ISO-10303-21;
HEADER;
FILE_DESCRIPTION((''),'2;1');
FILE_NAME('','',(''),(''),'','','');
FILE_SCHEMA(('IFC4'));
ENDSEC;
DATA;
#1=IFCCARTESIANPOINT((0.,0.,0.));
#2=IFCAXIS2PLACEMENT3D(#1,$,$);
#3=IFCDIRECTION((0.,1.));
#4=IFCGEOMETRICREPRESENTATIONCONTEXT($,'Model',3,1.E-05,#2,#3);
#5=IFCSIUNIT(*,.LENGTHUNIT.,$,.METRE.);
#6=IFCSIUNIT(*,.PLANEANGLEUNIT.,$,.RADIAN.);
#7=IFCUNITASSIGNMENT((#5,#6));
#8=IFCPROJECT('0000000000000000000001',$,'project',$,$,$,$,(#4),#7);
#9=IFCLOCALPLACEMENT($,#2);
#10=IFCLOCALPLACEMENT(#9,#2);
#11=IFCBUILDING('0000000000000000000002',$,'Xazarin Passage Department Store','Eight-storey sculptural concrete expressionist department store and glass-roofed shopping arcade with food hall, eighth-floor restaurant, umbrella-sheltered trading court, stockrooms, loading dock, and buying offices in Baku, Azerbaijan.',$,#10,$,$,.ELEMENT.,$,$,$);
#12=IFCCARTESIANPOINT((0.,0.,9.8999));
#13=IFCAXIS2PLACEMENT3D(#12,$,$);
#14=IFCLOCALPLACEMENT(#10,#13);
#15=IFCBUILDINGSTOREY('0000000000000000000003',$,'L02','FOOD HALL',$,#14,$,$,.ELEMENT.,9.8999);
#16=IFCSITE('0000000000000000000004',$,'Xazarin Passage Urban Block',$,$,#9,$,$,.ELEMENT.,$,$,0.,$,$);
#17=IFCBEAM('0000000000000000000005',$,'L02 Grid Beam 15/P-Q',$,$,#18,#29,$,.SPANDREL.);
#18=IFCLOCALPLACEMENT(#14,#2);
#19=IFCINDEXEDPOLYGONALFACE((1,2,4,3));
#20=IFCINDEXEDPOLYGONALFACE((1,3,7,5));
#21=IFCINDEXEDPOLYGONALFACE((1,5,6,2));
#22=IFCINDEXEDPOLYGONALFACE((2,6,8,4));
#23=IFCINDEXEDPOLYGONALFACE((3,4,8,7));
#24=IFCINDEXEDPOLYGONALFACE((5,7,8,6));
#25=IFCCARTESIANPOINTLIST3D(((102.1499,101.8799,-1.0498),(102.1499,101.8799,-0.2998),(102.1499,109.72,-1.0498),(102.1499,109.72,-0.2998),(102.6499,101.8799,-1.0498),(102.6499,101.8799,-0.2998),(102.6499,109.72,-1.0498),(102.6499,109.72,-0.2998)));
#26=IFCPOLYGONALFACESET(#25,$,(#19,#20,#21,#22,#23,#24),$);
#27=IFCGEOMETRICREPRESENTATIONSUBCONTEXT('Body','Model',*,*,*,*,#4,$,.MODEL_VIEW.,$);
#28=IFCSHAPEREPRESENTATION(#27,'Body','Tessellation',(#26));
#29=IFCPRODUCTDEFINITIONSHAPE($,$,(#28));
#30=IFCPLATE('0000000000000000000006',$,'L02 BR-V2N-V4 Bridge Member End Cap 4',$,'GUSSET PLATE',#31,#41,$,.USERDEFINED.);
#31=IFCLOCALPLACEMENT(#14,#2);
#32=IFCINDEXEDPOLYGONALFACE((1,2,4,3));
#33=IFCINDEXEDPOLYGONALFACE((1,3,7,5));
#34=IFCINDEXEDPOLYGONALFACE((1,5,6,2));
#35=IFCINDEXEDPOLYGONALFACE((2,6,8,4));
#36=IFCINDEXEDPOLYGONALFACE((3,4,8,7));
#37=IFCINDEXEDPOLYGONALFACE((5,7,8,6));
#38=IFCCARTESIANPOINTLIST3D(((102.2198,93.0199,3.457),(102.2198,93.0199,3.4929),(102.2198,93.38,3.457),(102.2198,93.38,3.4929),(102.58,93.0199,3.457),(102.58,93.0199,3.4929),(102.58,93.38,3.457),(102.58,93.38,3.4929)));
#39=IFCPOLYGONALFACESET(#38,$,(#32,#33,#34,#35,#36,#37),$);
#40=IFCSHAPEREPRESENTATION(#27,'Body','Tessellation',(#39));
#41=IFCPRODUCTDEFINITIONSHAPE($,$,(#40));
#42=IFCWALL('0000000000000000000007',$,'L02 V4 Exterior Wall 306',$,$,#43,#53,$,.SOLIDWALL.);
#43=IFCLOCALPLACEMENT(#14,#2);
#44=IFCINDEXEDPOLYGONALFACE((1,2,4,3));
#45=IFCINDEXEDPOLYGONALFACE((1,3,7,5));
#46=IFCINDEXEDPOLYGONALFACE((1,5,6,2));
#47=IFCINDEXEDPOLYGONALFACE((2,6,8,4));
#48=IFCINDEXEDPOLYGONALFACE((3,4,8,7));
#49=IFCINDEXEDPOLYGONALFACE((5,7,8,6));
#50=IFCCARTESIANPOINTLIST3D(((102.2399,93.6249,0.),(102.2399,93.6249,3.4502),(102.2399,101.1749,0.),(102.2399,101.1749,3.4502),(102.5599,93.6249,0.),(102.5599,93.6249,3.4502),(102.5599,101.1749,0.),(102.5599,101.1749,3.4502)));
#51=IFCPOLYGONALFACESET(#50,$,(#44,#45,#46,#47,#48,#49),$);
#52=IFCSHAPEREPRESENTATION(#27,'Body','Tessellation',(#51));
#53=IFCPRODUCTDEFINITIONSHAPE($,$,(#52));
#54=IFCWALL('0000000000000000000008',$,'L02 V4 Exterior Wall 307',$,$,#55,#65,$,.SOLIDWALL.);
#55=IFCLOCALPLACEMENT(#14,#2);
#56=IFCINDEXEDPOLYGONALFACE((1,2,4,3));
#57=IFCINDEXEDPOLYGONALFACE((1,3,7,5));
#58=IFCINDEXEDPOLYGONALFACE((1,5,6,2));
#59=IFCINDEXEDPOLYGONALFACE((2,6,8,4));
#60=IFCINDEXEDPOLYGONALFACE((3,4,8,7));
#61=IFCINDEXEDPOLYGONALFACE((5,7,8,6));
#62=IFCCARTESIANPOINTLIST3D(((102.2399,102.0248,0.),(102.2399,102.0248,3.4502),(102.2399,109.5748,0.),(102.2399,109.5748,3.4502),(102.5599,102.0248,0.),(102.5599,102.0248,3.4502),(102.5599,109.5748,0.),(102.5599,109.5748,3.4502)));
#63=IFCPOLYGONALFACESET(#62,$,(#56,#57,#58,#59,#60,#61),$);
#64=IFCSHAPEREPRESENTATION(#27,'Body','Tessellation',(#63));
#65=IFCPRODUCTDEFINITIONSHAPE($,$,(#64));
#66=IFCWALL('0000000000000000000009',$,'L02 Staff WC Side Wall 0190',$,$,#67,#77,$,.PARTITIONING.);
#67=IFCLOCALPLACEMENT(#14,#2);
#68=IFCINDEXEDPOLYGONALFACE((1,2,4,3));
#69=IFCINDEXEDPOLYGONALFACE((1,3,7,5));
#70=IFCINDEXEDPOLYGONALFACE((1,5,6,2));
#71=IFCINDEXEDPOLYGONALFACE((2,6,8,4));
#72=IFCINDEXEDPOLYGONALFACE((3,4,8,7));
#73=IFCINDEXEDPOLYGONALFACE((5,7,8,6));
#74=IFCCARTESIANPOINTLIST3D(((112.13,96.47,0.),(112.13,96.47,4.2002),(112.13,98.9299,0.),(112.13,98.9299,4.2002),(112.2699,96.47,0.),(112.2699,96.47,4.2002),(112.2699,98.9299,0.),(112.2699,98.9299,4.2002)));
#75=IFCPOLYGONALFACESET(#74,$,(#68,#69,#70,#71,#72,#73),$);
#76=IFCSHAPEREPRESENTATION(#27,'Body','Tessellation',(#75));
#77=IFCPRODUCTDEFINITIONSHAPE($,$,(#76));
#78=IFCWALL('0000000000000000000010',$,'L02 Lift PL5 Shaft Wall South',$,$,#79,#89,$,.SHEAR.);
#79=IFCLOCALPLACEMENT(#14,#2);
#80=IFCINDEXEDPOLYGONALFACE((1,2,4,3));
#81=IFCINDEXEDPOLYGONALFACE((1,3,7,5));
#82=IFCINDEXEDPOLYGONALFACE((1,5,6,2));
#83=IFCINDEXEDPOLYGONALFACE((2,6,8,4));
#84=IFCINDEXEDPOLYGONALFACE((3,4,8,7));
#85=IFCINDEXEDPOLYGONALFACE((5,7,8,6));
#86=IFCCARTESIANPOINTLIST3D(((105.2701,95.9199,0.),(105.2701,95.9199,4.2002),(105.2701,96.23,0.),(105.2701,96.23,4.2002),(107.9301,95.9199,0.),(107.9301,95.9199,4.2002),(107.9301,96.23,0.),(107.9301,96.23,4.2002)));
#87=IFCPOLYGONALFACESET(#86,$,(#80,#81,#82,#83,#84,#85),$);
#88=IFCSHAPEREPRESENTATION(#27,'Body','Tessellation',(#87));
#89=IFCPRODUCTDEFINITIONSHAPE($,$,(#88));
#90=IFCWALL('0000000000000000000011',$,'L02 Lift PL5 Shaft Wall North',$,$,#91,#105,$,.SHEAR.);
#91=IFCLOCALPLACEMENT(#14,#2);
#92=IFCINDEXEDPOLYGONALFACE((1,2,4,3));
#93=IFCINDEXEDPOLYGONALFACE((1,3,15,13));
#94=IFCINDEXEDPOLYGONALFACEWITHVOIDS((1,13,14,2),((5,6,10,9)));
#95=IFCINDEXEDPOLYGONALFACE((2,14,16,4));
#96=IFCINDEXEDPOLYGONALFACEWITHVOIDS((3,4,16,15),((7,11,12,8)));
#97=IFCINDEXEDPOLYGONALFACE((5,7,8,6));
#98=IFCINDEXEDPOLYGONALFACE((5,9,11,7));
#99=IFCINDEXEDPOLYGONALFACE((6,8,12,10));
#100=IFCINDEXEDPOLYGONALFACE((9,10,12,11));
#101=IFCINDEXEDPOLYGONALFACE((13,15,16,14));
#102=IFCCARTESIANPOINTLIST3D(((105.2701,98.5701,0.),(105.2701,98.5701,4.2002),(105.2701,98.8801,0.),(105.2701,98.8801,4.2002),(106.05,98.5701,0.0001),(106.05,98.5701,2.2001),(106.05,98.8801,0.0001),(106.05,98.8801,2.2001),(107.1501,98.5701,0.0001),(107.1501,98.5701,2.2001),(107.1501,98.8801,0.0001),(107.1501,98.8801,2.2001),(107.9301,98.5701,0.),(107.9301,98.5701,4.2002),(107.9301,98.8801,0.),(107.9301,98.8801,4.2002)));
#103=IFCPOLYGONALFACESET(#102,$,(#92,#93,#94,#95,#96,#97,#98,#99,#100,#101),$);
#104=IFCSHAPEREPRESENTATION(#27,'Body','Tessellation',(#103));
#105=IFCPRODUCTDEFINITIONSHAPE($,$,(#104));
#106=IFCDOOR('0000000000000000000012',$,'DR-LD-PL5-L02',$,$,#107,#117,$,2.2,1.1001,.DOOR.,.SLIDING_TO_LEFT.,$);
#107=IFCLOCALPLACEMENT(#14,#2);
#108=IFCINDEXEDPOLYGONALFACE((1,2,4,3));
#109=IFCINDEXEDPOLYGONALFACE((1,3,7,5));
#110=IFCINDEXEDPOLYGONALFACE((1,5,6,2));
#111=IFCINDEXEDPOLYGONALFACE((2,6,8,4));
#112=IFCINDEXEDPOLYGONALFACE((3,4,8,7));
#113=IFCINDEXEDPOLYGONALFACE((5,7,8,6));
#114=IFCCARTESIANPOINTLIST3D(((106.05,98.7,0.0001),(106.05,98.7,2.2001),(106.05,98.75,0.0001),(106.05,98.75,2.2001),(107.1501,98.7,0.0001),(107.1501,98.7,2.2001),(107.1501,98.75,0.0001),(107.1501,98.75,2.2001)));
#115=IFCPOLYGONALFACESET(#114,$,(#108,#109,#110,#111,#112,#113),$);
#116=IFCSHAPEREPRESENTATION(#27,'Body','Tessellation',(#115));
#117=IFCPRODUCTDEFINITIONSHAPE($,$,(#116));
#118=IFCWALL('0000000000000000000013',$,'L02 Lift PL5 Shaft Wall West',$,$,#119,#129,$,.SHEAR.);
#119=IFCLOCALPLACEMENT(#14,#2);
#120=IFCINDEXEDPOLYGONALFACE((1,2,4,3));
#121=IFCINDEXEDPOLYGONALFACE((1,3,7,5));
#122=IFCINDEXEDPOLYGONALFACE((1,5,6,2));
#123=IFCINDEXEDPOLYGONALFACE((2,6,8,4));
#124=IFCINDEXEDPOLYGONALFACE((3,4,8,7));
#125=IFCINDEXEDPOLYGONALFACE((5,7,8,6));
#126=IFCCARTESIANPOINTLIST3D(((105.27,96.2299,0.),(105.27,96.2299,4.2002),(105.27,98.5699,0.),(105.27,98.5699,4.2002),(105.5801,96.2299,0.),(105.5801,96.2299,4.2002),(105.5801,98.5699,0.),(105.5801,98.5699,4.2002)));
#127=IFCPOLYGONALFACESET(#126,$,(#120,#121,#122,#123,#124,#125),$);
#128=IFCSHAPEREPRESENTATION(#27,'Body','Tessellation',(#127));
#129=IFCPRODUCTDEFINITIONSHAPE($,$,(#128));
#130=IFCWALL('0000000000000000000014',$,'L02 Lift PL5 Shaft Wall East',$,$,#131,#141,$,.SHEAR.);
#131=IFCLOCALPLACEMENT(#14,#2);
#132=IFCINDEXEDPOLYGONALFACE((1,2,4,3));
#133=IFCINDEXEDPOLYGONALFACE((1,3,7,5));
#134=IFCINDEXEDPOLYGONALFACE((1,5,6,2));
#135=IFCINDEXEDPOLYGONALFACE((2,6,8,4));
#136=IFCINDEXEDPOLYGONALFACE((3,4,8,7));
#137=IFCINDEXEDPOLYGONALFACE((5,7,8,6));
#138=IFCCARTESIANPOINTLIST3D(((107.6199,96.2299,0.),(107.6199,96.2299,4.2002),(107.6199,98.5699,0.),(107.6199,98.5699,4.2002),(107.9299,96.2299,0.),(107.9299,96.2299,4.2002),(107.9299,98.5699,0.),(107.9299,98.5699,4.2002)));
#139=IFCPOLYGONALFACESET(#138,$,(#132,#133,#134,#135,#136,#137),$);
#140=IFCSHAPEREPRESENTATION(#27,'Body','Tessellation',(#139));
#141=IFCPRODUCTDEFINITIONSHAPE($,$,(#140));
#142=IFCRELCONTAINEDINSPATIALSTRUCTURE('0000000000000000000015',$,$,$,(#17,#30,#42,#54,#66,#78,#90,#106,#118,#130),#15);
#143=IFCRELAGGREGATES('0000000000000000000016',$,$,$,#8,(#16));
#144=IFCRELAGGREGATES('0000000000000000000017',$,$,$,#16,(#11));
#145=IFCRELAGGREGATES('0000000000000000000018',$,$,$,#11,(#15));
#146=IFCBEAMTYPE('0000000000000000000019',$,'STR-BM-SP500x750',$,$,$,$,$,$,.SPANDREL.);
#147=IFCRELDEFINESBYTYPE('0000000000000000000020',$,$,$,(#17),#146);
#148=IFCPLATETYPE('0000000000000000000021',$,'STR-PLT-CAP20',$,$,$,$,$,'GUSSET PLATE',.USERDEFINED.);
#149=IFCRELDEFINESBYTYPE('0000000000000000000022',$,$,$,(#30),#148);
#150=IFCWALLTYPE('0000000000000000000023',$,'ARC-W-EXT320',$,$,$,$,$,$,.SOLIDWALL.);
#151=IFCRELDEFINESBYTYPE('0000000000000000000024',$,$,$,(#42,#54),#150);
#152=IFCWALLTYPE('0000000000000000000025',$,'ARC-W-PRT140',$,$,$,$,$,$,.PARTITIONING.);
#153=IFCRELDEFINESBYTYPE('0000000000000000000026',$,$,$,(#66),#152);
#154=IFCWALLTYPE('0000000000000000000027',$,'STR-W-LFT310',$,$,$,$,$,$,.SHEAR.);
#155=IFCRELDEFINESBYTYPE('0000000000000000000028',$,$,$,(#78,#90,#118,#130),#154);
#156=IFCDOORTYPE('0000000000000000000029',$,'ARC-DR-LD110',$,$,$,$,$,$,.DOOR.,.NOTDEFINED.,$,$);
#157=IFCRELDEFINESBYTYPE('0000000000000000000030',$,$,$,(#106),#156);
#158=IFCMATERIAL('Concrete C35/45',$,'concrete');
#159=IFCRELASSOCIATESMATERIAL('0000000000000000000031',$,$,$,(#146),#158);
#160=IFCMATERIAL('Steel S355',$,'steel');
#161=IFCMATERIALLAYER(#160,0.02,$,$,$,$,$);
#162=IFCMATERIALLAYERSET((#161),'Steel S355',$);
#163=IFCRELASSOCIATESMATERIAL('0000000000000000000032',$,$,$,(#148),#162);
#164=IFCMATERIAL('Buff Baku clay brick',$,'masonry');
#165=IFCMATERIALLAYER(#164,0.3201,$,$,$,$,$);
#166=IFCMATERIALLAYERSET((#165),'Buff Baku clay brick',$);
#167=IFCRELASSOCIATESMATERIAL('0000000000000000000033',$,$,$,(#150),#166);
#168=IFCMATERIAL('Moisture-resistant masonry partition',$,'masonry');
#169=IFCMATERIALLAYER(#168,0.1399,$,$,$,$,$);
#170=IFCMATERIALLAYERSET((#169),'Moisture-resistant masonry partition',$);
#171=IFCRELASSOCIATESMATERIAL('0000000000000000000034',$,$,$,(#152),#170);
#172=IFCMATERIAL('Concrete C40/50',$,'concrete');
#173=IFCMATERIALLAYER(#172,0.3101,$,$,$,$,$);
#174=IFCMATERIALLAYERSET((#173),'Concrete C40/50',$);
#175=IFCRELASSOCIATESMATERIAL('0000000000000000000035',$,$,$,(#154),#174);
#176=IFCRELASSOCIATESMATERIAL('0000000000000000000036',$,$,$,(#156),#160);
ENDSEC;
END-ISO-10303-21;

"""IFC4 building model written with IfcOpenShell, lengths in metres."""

from ifc_helpers import new_model, si_unit, direction, frame, frame_2d, origin, origin_2d, place, context, subcontext, project, spatial, rectangle, extrude, material, layer, layer_set, material_profile, profile_set, type_object, element, fill, save


model = new_model("IFC4")

# Units and contexts
model_context = context("Model", 3, precision=1e-05, world=origin(), true_north=direction((0.0, 1.0)))
body_context = subcontext(model_context, "Body", "Model", "MODEL_VIEW")
ifc_project = project(units=[si_unit("LENGTHUNIT", "METRE"), si_unit("PLANEANGLEUNIT", "RADIAN")], contexts=[model_context])

# Site, building, storey
site_placement = place(None, origin())
site = spatial("IfcSite", under=ifc_project, at=site_placement, Name="Xazarin Passage Urban Block", CompositionType="ELEMENT", RefElevation=0.0)
building_placement = place(site_placement, origin())
building = spatial("IfcBuilding", under=site, at=building_placement, Name="Xazarin Passage Department Store", Description="Eight-storey sculptural concrete expressionist department store and glass-roofed shopping arcade with food hall, eighth-floor restaurant, umbrella-sheltered trading court, stockrooms, loading dock, and buying offices in Baku, Azerbaijan.", CompositionType="ELEMENT")
storey_placement = place(building_placement, frame((0.0, 0.0, 9.8999)))
storey = spatial("IfcBuildingStorey", under=building, at=storey_placement, Name="L02", Description="FOOD HALL", CompositionType="ELEMENT", Elevation=9.8999)

# Shared definitions
ifc_material_1 = material(Name="Concrete C40/50", Category="concrete")

# Beam
ifc_material_2 = material(Name="Steel S355", Category="steel")
ifc_material_3 = material(Name="Concrete C35/45", Category="concrete")
ifc_material_profile_1 = material_profile(ifc_material_3, rectangle(XDim=0.5, YDim=0.75, at=origin_2d()), Name="RC 500x750")
ifc_profile_set_1 = profile_set([ifc_material_profile_1], Name="Concrete C35/45")
beam_type_1 = type_object("IfcBeamType", Name="STR-BM-SP500x750", PredefinedType="SPANDREL", material=ifc_profile_set_1)
for number, where, z_axis, x_axis, name in (
    (1, (102.3999, 101.8799, -0.6748), (0.0, 1.0, 0.0), (-1.0, 0.0, 0.0), "L02 Grid Beam 15/P-Q"),
):
    element("IfcBeam", number, at=place(storey_placement, frame(where, z_axis=z_axis, x_axis=x_axis)), inside=storey, type_object=beam_type_1, Name=name, PredefinedType="SPANDREL", context=body_context, shape_type="SweptSolid", body=[
        extrude(rectangle(XDim=0.5, YDim=0.75, at=origin_2d()), origin(), (0.0, 0.0, 1.0), 7.8401),
    ])

# Plate
ifc_layer_1 = layer(ifc_material_2, 0.02)
ifc_layer_set_1 = layer_set([ifc_layer_1], Name="Steel S355")
plate_type = type_object("IfcPlateType", Name="STR-PLT-CAP20", ElementType="GUSSET PLATE", PredefinedType="USERDEFINED", material=ifc_layer_set_1)
plate_placement = place(storey_placement, frame((102.3999, 93.2, 3.457), z_axis=(0.0, 0.0, 1.0), x_axis=(1.0, 0.0, 0.0)))
element("IfcPlate", 2, at=plate_placement, inside=storey, type_object=plate_type, Name="L02 BR-V2N-V4 Bridge Member End Cap 4", ObjectType="GUSSET PLATE", PredefinedType="USERDEFINED", context=body_context, shape_type="SweptSolid", body=[
    extrude(rectangle(XDim=0.3601, YDim=0.3601, at=origin_2d()), origin(), (0.0, 0.0, 1.0), 0.0359),
])

# Walls
ifc_material_4 = material(Name="Buff Baku clay brick", Category="masonry")
ifc_layer_2 = layer(ifc_material_4, 0.3201)
ifc_layer_set_2 = layer_set([ifc_layer_2], Name="Buff Baku clay brick")
wall_type_1 = type_object("IfcWallType", Name="ARC-W-EXT320", PredefinedType="SOLIDWALL", material=ifc_layer_set_2)
for number, where, z_axis, x_axis, name in (
    (3, (102.3999, 93.625, 0.0), (0.0, 0.0, 1.0), (0.0, 1.0, 0.0), "L02 V4 Exterior Wall 306"),
    (4, (102.3999, 102.0249, 0.0), (0.0, 0.0, 1.0), (0.0, 1.0, 0.0), "L02 V4 Exterior Wall 307"),
):
    element("IfcWall", number, at=place(storey_placement, frame(where, z_axis=z_axis, x_axis=x_axis)), inside=storey, type_object=wall_type_1, Name=name, PredefinedType="SOLIDWALL", context=body_context, shape_type="SweptSolid", body=[
        extrude(rectangle(XDim=7.55, YDim=0.3201, at=frame_2d((3.7749, 0.0))), origin(), (0.0, 0.0, 1.0), 3.4502),
    ])

# Shared definitions
ifc_material_5 = material(Name="Moisture-resistant masonry partition", Category="masonry")
ifc_layer_3 = layer(ifc_material_5, 0.1399)
ifc_layer_set_3 = layer_set([ifc_layer_3], Name="Moisture-resistant masonry partition")
wall_type_2 = type_object("IfcWallType", Name="ARC-W-PRT140", PredefinedType="PARTITIONING", material=ifc_layer_set_3)

# Walls
wall_1_placement = place(storey_placement, frame((112.2, 96.47, 0.0), z_axis=(0.0, 0.0, 1.0), x_axis=(0.0, 1.0, 0.0)))
element("IfcWall", 5, at=wall_1_placement, inside=storey, type_object=wall_type_2, Name="L02 Staff WC Side Wall 0190", PredefinedType="PARTITIONING", context=body_context, shape_type="SweptSolid", body=[
    extrude(rectangle(XDim=2.46, YDim=0.1399, at=frame_2d((1.23, 0.0))), origin(), (0.0, 0.0, 1.0), 4.2002),
])
ifc_layer_4 = layer(ifc_material_1, 0.3101)
ifc_layer_set_4 = layer_set([ifc_layer_4], Name="Concrete C40/50")
wall_type_3 = type_object("IfcWallType", Name="STR-W-LFT310", PredefinedType="SHEAR", material=ifc_layer_set_4)
wall_2_placement = place(storey_placement, frame((105.27, 96.075, 0.0), z_axis=(0.0, 0.0, 1.0), x_axis=(1.0, 0.0, 0.0)))
element("IfcWall", 6, at=wall_2_placement, inside=storey, type_object=wall_type_3, Name="L02 Lift PL5 Shaft Wall South", PredefinedType="SHEAR", context=body_context, shape_type="SweptSolid", body=[
    extrude(rectangle(XDim=2.6599, YDim=0.3101, at=frame_2d((1.3301, 0.0))), origin(), (0.0, 0.0, 1.0), 4.2002),
])

# Wall, opening, door
wall_3_placement = place(storey_placement, frame((105.27, 98.7251, 0.0), z_axis=(0.0, 0.0, 1.0), x_axis=(1.0, 0.0, 0.0)))
wall_3 = element("IfcWall", 7, at=wall_3_placement, inside=storey, type_object=wall_type_3, Name="L02 Lift PL5 Shaft Wall North", PredefinedType="SHEAR", context=body_context, shape_type="SweptSolid", body=[
    extrude(rectangle(XDim=2.6599, YDim=0.3101, at=frame_2d((1.3301, 0.0))), origin(), (0.0, 0.0, 1.0), 4.2002),
])
opening_1_placement = place(wall_3_placement, frame((0.78, 0.0, 0.0)))
opening_1 = element("IfcOpeningElement", 8, at=opening_1_placement, cuts=wall_3, PredefinedType="OPENING", context=body_context, shape_type="SweptSolid", body=[
    extrude(rectangle(XDim=1.1001, YDim=2.2, at=frame_2d((0.55, 1.1001))), frame((0.0, 0.165, 0.0), z_axis=(0.0, -1.0, 0.0), x_axis=(1.0, 0.0, 0.0)), (0.0, 0.0, 1.0), 0.3301),
])
door_type_1 = type_object("IfcDoorType", Name="ARC-DR-LD110", OperationType="NOTDEFINED", PredefinedType="DOOR", material=ifc_material_2)
door_1_placement = place(opening_1_placement, origin())
door_1 = element("IfcDoor", 9, at=door_1_placement, inside=storey, type_object=door_type_1, Name="DR-LD-PL5-L02", OperationType="SLIDING_TO_LEFT", OverallHeight=2.2, OverallWidth=1.1001, PredefinedType="DOOR", context=body_context, shape_type="SweptSolid", body=[
    extrude(rectangle(XDim=1.1001, YDim=2.2, at=frame_2d((0.55, 1.1001))), frame((0.0, 0.0249, 0.0), z_axis=(0.0, -1.0, 0.0), x_axis=(1.0, 0.0, 0.0)), (0.0, 0.0, 1.0), 0.05),
])
fill(opening_1, door_1)

# Walls
for number, where, z_axis, x_axis, name in (
    (10, (105.425, 96.23, 0.0), (0.0, 0.0, 1.0), (0.0, 1.0, 0.0), "L02 Lift PL5 Shaft Wall West"),
    (11, (107.7749, 96.23, 0.0), (0.0, 0.0, 1.0), (0.0, 1.0, 0.0), "L02 Lift PL5 Shaft Wall East"),
):
    element("IfcWall", number, at=place(storey_placement, frame(where, z_axis=z_axis, x_axis=x_axis)), inside=storey, type_object=wall_type_3, Name=name, PredefinedType="SHEAR", context=body_context, shape_type="SweptSolid", body=[
        extrude(rectangle(XDim=2.3401, YDim=0.3101, at=frame_2d((1.1699, 0.0))), origin(), (0.0, 0.0, 1.0), 4.2002),
    ])

save(model, "model.ifc")
